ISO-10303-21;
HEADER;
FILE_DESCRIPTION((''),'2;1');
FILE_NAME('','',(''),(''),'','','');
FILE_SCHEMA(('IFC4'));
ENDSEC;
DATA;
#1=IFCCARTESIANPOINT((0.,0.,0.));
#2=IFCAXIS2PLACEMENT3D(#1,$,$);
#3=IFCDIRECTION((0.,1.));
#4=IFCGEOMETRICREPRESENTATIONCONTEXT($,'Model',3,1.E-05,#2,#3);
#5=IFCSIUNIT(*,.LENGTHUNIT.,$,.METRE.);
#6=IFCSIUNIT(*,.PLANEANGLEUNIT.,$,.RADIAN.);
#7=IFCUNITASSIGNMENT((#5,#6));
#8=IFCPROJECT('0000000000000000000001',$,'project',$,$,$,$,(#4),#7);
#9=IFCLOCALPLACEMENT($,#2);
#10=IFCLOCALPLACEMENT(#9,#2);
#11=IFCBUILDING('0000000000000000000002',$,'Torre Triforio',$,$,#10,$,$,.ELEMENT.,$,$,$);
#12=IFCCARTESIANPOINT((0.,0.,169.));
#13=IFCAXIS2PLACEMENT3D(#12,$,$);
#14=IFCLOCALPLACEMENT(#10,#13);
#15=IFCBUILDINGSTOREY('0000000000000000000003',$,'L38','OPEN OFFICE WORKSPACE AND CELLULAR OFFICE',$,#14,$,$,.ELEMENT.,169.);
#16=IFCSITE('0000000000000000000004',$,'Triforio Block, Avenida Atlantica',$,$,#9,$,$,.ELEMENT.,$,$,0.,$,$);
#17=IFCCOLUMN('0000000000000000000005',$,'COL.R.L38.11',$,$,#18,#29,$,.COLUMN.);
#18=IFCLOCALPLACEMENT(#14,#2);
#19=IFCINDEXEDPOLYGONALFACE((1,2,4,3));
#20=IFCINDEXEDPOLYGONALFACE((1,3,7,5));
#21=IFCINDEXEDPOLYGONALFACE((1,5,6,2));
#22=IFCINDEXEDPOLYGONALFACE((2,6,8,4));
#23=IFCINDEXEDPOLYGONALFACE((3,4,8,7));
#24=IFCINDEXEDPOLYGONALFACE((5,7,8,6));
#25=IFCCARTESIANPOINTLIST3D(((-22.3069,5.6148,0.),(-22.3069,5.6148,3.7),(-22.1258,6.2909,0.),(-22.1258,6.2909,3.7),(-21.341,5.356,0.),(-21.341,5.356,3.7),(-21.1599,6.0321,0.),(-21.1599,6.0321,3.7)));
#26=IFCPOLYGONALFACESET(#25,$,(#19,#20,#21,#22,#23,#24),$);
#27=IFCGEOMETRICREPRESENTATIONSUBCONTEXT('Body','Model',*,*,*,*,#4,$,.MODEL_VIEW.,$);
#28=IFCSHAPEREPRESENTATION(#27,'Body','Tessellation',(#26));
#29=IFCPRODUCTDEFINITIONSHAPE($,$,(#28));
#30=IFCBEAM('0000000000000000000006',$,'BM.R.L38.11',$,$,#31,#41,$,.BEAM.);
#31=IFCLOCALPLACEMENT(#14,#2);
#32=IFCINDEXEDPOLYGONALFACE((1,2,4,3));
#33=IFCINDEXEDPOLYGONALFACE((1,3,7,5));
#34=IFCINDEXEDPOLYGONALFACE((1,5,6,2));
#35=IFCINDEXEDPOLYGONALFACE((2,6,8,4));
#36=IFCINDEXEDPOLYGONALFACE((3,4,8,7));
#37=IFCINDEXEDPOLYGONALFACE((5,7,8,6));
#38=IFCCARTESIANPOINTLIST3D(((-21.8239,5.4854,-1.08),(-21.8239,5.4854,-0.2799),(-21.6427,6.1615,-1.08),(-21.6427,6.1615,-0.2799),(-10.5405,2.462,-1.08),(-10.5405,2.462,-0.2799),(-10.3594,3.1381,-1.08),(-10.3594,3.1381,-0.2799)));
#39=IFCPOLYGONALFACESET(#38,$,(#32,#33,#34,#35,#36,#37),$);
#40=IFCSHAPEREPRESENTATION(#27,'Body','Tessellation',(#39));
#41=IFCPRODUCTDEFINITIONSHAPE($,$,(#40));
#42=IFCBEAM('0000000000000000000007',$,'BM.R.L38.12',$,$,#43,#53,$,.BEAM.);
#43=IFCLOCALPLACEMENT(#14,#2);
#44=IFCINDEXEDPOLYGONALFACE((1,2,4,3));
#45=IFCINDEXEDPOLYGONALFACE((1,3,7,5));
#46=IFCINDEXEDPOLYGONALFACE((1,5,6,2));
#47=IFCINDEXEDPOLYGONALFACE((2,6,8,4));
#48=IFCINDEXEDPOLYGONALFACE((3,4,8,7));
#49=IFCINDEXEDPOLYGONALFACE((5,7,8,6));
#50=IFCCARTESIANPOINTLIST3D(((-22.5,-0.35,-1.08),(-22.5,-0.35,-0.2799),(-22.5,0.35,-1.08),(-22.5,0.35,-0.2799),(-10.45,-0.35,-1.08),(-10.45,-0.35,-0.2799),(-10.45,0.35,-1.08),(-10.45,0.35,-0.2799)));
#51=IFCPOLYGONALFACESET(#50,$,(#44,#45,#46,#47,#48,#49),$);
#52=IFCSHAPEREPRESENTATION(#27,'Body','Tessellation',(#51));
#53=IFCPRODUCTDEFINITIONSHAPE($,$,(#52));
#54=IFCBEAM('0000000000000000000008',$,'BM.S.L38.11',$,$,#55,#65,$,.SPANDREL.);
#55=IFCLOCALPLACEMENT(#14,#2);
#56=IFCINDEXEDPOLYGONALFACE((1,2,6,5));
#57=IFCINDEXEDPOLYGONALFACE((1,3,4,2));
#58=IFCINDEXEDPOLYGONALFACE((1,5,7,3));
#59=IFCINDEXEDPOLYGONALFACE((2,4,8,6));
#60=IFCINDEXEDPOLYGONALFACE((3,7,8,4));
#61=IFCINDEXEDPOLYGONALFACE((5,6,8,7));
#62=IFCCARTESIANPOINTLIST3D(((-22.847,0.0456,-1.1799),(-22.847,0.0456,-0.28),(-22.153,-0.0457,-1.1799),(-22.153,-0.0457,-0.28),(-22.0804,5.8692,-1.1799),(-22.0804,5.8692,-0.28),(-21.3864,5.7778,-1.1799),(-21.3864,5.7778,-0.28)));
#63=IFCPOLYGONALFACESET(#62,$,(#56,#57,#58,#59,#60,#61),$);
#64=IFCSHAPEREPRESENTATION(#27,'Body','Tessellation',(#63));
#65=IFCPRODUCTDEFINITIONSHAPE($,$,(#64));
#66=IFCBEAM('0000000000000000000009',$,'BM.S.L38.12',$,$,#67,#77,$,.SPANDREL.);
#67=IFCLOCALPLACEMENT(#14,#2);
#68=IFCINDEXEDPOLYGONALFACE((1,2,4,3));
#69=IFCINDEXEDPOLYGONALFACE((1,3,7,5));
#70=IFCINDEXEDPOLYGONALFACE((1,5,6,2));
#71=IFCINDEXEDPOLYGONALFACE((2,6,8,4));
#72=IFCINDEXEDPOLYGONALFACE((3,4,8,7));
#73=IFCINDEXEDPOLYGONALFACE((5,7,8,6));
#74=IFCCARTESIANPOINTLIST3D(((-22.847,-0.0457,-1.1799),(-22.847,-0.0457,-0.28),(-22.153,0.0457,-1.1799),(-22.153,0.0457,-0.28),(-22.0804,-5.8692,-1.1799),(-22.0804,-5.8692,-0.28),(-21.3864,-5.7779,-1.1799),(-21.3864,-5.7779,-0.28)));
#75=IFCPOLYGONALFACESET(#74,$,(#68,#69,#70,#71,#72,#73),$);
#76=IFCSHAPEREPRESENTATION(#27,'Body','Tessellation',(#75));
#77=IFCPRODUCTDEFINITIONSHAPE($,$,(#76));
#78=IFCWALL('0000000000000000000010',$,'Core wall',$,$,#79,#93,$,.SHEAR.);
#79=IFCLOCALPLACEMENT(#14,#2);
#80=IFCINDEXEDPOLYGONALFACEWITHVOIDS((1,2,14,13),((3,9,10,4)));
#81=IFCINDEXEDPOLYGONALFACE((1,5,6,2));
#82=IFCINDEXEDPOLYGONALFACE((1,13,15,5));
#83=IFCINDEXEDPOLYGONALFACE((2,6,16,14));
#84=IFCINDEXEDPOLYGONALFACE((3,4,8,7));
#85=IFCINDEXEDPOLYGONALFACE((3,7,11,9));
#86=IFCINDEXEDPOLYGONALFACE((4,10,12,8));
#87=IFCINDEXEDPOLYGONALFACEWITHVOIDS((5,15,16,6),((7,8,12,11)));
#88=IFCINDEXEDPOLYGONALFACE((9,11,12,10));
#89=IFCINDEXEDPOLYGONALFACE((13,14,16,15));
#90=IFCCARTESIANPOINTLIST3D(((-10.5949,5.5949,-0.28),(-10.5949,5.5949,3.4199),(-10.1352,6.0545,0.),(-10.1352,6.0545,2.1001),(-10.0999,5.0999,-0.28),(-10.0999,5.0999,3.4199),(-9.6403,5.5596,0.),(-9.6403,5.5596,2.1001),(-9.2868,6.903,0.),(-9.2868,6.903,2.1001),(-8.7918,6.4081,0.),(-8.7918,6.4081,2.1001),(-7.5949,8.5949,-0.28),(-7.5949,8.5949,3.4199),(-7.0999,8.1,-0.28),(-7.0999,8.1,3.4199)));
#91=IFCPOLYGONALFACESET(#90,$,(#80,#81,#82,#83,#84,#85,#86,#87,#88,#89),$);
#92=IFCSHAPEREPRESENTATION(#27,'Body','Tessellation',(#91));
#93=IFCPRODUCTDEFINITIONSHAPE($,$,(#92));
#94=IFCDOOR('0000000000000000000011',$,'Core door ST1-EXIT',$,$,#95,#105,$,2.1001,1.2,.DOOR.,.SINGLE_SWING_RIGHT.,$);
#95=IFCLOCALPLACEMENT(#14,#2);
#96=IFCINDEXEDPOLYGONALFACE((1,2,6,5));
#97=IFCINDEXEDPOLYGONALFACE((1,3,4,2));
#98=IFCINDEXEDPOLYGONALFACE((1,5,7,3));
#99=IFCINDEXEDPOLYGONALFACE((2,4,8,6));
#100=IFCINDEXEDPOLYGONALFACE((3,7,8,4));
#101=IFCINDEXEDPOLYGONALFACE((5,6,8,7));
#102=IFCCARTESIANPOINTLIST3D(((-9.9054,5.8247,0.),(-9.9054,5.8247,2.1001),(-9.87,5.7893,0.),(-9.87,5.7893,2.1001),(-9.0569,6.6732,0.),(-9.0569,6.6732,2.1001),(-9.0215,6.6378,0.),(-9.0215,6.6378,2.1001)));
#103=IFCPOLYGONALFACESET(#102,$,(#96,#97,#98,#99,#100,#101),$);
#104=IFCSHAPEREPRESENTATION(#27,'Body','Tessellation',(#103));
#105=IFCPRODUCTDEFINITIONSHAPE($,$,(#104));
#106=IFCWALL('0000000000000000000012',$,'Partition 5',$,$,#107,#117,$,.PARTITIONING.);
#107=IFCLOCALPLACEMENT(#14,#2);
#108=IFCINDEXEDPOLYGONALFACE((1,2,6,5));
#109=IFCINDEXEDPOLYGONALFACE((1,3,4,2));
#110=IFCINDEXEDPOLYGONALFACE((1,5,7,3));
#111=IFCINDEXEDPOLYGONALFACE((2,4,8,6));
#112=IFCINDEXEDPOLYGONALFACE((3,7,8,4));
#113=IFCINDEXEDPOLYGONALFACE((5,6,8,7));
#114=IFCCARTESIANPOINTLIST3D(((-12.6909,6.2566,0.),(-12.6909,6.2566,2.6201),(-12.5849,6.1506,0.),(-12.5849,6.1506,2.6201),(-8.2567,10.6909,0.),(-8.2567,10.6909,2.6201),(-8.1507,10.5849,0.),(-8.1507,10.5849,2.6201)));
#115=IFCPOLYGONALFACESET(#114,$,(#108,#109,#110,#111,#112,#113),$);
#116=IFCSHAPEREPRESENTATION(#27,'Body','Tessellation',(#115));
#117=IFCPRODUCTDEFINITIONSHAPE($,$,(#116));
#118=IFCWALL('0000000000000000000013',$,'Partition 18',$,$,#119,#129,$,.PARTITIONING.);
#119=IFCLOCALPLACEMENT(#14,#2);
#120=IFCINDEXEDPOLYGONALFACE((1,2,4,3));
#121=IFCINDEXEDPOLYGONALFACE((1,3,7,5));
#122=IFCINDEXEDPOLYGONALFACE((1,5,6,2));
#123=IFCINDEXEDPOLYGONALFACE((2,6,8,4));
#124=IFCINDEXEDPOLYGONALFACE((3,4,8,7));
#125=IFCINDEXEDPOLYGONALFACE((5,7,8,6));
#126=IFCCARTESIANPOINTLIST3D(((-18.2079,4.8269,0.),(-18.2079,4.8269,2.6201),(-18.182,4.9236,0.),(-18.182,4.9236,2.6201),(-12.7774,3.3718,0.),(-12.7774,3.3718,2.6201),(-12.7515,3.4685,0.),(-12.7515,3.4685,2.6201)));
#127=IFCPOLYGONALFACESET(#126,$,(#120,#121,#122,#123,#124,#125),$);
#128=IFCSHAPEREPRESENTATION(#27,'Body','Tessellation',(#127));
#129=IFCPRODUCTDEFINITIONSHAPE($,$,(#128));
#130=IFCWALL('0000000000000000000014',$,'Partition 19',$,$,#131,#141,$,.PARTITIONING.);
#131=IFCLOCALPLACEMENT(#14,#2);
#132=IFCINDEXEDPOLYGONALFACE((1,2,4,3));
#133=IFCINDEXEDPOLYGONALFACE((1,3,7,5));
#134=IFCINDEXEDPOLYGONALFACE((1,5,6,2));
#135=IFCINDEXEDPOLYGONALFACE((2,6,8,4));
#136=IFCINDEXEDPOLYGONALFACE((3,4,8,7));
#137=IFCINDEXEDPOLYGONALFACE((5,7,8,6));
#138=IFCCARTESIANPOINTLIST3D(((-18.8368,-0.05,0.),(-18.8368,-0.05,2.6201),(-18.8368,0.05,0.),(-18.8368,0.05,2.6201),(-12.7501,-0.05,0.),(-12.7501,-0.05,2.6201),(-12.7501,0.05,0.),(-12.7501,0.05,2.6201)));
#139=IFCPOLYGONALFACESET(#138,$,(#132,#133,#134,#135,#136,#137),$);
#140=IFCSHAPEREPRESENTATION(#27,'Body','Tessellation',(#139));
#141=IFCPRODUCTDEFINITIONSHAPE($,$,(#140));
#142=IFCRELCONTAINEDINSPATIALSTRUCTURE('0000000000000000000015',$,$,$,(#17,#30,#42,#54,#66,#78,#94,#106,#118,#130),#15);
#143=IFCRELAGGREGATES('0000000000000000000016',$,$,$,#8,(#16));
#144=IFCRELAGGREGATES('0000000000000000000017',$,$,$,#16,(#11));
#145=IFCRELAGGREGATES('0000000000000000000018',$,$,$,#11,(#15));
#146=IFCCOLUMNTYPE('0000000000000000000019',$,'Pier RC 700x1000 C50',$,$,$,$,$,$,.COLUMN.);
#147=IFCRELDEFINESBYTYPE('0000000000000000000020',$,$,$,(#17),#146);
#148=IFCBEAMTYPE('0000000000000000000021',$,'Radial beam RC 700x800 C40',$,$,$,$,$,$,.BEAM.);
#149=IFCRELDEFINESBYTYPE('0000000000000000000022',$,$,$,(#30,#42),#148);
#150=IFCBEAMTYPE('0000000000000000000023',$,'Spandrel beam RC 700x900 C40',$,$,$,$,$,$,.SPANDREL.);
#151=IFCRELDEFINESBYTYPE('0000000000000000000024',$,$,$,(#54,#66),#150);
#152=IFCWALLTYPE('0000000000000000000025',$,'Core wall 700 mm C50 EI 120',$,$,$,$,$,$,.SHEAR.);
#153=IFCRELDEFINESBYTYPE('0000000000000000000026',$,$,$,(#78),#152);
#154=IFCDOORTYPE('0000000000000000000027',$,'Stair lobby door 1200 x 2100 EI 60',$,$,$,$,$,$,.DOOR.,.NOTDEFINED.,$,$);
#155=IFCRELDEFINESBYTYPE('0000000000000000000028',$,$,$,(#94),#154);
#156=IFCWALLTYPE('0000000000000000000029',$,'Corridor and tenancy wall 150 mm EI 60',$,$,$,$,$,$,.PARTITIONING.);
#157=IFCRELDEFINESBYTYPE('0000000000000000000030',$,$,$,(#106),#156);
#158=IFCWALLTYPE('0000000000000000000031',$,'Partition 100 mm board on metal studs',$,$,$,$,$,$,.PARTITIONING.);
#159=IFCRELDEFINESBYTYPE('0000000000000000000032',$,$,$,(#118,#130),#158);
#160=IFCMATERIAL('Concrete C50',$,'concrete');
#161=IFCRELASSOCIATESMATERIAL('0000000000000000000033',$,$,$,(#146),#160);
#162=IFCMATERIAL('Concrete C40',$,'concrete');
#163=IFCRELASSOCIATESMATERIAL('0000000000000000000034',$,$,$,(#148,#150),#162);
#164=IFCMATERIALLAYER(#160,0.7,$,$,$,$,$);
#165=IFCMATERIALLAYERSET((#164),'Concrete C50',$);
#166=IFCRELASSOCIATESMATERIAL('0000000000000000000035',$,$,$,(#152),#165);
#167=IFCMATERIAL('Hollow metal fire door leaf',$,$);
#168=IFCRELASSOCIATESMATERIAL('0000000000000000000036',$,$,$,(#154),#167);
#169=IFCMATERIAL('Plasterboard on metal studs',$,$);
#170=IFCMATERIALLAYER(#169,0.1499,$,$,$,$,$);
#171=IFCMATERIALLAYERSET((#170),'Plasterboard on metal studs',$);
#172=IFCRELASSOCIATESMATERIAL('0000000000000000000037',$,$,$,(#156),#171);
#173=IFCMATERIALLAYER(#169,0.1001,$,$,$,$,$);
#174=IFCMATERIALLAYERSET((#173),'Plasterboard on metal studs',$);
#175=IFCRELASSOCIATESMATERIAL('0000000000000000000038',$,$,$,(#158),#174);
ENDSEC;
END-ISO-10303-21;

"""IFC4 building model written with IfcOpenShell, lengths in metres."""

from ifc_helpers import new_model, si_unit, direction, frame, frame_2d, origin, origin_2d, place, context, subcontext, project, spatial, rectangle, extrude, material, layer, layer_set, material_profile, profile_set, type_object, element, fill, save


model = new_model("IFC4")

# Units and contexts
model_context = context("Model", 3, precision=1e-05, world=origin(), true_north=direction((0.0, 1.0)))
body_context = subcontext(model_context, "Body", "Model", "MODEL_VIEW")
ifc_project = project(units=[si_unit("LENGTHUNIT", "METRE"), si_unit("PLANEANGLEUNIT", "RADIAN")], contexts=[model_context])

# Site, building, storey
site_placement = place(None, origin())
site = spatial("IfcSite", under=ifc_project, at=site_placement, Name="Triforio Block, Avenida Atlantica", CompositionType="ELEMENT", RefElevation=0.0)
building_placement = place(site_placement, origin())
building = spatial("IfcBuilding", under=site, at=building_placement, Name="Torre Triforio", CompositionType="ELEMENT")
storey_placement = place(building_placement, frame((0.0, 0.0, 169.0)))
storey = spatial("IfcBuildingStorey", under=building, at=storey_placement, Name="L38", Description="OPEN OFFICE WORKSPACE AND CELLULAR OFFICE", CompositionType="ELEMENT", Elevation=169.0)

# Column
ifc_material_1 = material(Name="Concrete C50", Category="concrete")
ifc_material_profile_1 = material_profile(ifc_material_1, rectangle(XDim=0.7, YDim=1.0, at=origin_2d()), Name="RC 700x1000")
ifc_profile_set_1 = profile_set([ifc_material_profile_1], Name="Concrete C50")
column_type = type_object("IfcColumnType", Name="Pier RC 700x1000 C50", PredefinedType="COLUMN", material=ifc_profile_set_1)
column_placement = place(storey_placement, frame((-21.7334, 5.8235, 0.0), z_axis=(0.0, 0.0, 1.0), x_axis=(-0.258819, -0.965926, 0.0)))
element("IfcColumn", 1, at=column_placement, inside=storey, type_object=column_type, Name="COL.R.L38.11", PredefinedType="COLUMN", context=body_context, shape_type="SweptSolid", body=[
    extrude(rectangle(XDim=0.7, YDim=1.0, at=origin_2d()), origin(), (0.0, 0.0, 1.0), 3.7),
])

# Beams
ifc_material_2 = material(Name="Concrete C40", Category="concrete")
ifc_material_profile_2 = material_profile(ifc_material_2, rectangle(XDim=0.7, YDim=0.8, at=origin_2d()), Name="RC 700x800")
ifc_profile_set_2 = profile_set([ifc_material_profile_2], Name="Concrete C40")
beam_type_1 = type_object("IfcBeamType", Name="Radial beam RC 700x800 C40", PredefinedType="BEAM", material=ifc_profile_set_2)
beam_1_placement = place(storey_placement, frame((-10.45, 2.8, -0.6799), z_axis=(-0.965925, 0.258823, 0.0), x_axis=(-0.258823, -0.965925, 0.0)))
element("IfcBeam", 2, at=beam_1_placement, inside=storey, type_object=beam_type_1, Name="BM.R.L38.11", PredefinedType="BEAM", context=body_context, shape_type="SweptSolid", body=[
    extrude(rectangle(XDim=0.7, YDim=0.8, at=origin_2d()), origin(), (0.0, 0.0, 1.0), 11.6814),
])
beam_2_placement = place(storey_placement, frame((-10.45, 0.0, -0.6799), z_axis=(-1.0, 0.0, 0.0), x_axis=(0.0, -1.0, 0.0)))
element("IfcBeam", 3, at=beam_2_placement, inside=storey, type_object=beam_type_1, Name="BM.R.L38.12", PredefinedType="BEAM", context=body_context, shape_type="SweptSolid", body=[
    extrude(rectangle(XDim=0.7, YDim=0.8, at=origin_2d()), origin(), (0.0, 0.0, 1.0), 12.05),
])
ifc_material_profile_3 = material_profile(ifc_material_2, rectangle(XDim=0.7, YDim=0.8999, at=origin_2d()), Name="RC 700x900")
ifc_profile_set_3 = profile_set([ifc_material_profile_3], Name="Concrete C40")
beam_type_2 = type_object("IfcBeamType", Name="Spandrel beam RC 700x900 C40", PredefinedType="SPANDREL", material=ifc_profile_set_3)
for number, where, z_axis, x_axis, name in (
    (4, (-21.7334, 5.8235, -0.73), (-0.130514, -0.991447, 0.0), (0.991447, -0.130514, 0.0), "BM.S.L38.11"),
    (5, (-22.5, 0.0, -0.73), (0.130514, -0.991447, 0.0), (0.991447, 0.130514, 0.0), "BM.S.L38.12"),
):
    element("IfcBeam", number, at=place(storey_placement, frame(where, z_axis=z_axis, x_axis=x_axis)), inside=storey, type_object=beam_type_2, Name=name, PredefinedType="SPANDREL", context=body_context, shape_type="SweptSolid", body=[
        extrude(rectangle(XDim=0.7, YDim=0.8999, at=origin_2d()), origin(), (0.0, 0.0, 1.0), 5.8738),
    ])

# Wall, opening, door
ifc_layer_1 = layer(ifc_material_1, 0.7)
ifc_layer_set_1 = layer_set([ifc_layer_1], Name="Concrete C50")
wall_type_1 = type_object("IfcWallType", Name="Core wall 700 mm C50 EI 120", PredefinedType="SHEAR", material=ifc_layer_set_1)
wall_1_placement = place(storey_placement, frame((-10.3474, 5.3474, -0.28), z_axis=(0.0, 0.0, 1.0), x_axis=(0.707107, 0.707107, 0.0)))
wall_1 = element("IfcWall", 6, at=wall_1_placement, inside=storey, type_object=wall_type_1, Name="Core wall", PredefinedType="SHEAR", context=body_context, shape_type="SweptSolid", body=[
    extrude(rectangle(XDim=4.2427, YDim=0.7, at=frame_2d((2.1213, 0.0))), origin(), (0.0, 0.0, 1.0), 3.7),
])
opening_1_placement = place(wall_1_placement, frame((0.6499, 0.0, 0.28)))
opening_1 = element("IfcOpeningElement", 7, at=opening_1_placement, cuts=wall_1, PredefinedType="OPENING", context=body_context, shape_type="SweptSolid", body=[
    extrude(rectangle(XDim=1.2, YDim=2.1001, at=frame_2d((0.6001, 1.05))), frame((0.0, 0.3599, 0.0), z_axis=(0.0, -1.0, 0.0), x_axis=(1.0, 0.0, 0.0)), (0.0, 0.0, 1.0), 0.72),
])
ifc_material_3 = material(Name="Hollow metal fire door leaf")
door_type_1 = type_object("IfcDoorType", Name="Stair lobby door 1200 x 2100 EI 60", OperationType="NOTDEFINED", PredefinedType="DOOR", material=ifc_material_3)
door_1_placement = place(opening_1_placement, origin())
door_1 = element("IfcDoor", 8, at=door_1_placement, inside=storey, type_object=door_type_1, Name="Core door ST1-EXIT", OperationType="SINGLE_SWING_RIGHT", OverallHeight=2.1001, OverallWidth=1.2, PredefinedType="DOOR", context=body_context, shape_type="SweptSolid", body=[
    extrude(rectangle(XDim=1.2, YDim=2.1001, at=frame_2d((0.6001, 1.05))), frame((0.0, 0.0249, 0.0), z_axis=(0.0, -1.0, 0.0), x_axis=(1.0, 0.0, 0.0)), (0.0, 0.0, 1.0), 0.05),
])
fill(opening_1, door_1)

# Walls
ifc_material_4 = material(Name="Plasterboard on metal studs")
ifc_layer_2 = layer(ifc_material_4, 0.1499)
ifc_layer_set_2 = layer_set([ifc_layer_2], Name="Plasterboard on metal studs")
wall_type_2 = type_object("IfcWallType", Name="Corridor and tenancy wall 150 mm EI 60", PredefinedType="PARTITIONING", material=ifc_layer_set_2)
wall_2_placement = place(storey_placement, frame((-12.6379, 6.2036, 0.0), z_axis=(0.0, 0.0, 1.0), x_axis=(0.707107, 0.707107, 0.0)))
element("IfcWall", 9, at=wall_2_placement, inside=storey, type_object=wall_type_2, Name="Partition 5", PredefinedType="PARTITIONING", context=body_context, shape_type="SweptSolid", body=[
    extrude(rectangle(XDim=6.271, YDim=0.1499, at=frame_2d((3.1355, 0.0))), origin(), (0.0, 0.0, 1.0), 2.6201),
])
ifc_layer_3 = layer(ifc_material_4, 0.1001)
ifc_layer_set_3 = layer_set([ifc_layer_3], Name="Plasterboard on metal studs")
wall_type_3 = type_object("IfcWallType", Name="Partition 100 mm board on metal studs", PredefinedType="PARTITIONING", material=ifc_layer_set_3)
wall_3_placement = place(storey_placement, frame((-12.7644, 3.4202, 0.0), z_axis=(0.0, 0.0, 1.0), x_axis=(-0.965926, 0.258819, 0.0)))
element("IfcWall", 10, at=wall_3_placement, inside=storey, type_object=wall_type_3, Name="Partition 18", PredefinedType="PARTITIONING", context=body_context, shape_type="SweptSolid", body=[
    extrude(rectangle(XDim=5.6221, YDim=0.1001, at=frame_2d((2.811, 0.0))), origin(), (0.0, 0.0, 1.0), 2.6201),
])
wall_4_placement = place(storey_placement, frame((-12.75, 0.0, 0.0), z_axis=(0.0, 0.0, 1.0), x_axis=(-1.0, 0.0, 0.0)))
element("IfcWall", 11, at=wall_4_placement, inside=storey, type_object=wall_type_3, Name="Partition 19", PredefinedType="PARTITIONING", context=body_context, shape_type="SweptSolid", body=[
    extrude(rectangle(XDim=6.0867, YDim=0.1001, at=frame_2d((3.0435, 0.0))), origin(), (0.0, 0.0, 1.0), 2.6201),
])

save(model, "model.ifc")
